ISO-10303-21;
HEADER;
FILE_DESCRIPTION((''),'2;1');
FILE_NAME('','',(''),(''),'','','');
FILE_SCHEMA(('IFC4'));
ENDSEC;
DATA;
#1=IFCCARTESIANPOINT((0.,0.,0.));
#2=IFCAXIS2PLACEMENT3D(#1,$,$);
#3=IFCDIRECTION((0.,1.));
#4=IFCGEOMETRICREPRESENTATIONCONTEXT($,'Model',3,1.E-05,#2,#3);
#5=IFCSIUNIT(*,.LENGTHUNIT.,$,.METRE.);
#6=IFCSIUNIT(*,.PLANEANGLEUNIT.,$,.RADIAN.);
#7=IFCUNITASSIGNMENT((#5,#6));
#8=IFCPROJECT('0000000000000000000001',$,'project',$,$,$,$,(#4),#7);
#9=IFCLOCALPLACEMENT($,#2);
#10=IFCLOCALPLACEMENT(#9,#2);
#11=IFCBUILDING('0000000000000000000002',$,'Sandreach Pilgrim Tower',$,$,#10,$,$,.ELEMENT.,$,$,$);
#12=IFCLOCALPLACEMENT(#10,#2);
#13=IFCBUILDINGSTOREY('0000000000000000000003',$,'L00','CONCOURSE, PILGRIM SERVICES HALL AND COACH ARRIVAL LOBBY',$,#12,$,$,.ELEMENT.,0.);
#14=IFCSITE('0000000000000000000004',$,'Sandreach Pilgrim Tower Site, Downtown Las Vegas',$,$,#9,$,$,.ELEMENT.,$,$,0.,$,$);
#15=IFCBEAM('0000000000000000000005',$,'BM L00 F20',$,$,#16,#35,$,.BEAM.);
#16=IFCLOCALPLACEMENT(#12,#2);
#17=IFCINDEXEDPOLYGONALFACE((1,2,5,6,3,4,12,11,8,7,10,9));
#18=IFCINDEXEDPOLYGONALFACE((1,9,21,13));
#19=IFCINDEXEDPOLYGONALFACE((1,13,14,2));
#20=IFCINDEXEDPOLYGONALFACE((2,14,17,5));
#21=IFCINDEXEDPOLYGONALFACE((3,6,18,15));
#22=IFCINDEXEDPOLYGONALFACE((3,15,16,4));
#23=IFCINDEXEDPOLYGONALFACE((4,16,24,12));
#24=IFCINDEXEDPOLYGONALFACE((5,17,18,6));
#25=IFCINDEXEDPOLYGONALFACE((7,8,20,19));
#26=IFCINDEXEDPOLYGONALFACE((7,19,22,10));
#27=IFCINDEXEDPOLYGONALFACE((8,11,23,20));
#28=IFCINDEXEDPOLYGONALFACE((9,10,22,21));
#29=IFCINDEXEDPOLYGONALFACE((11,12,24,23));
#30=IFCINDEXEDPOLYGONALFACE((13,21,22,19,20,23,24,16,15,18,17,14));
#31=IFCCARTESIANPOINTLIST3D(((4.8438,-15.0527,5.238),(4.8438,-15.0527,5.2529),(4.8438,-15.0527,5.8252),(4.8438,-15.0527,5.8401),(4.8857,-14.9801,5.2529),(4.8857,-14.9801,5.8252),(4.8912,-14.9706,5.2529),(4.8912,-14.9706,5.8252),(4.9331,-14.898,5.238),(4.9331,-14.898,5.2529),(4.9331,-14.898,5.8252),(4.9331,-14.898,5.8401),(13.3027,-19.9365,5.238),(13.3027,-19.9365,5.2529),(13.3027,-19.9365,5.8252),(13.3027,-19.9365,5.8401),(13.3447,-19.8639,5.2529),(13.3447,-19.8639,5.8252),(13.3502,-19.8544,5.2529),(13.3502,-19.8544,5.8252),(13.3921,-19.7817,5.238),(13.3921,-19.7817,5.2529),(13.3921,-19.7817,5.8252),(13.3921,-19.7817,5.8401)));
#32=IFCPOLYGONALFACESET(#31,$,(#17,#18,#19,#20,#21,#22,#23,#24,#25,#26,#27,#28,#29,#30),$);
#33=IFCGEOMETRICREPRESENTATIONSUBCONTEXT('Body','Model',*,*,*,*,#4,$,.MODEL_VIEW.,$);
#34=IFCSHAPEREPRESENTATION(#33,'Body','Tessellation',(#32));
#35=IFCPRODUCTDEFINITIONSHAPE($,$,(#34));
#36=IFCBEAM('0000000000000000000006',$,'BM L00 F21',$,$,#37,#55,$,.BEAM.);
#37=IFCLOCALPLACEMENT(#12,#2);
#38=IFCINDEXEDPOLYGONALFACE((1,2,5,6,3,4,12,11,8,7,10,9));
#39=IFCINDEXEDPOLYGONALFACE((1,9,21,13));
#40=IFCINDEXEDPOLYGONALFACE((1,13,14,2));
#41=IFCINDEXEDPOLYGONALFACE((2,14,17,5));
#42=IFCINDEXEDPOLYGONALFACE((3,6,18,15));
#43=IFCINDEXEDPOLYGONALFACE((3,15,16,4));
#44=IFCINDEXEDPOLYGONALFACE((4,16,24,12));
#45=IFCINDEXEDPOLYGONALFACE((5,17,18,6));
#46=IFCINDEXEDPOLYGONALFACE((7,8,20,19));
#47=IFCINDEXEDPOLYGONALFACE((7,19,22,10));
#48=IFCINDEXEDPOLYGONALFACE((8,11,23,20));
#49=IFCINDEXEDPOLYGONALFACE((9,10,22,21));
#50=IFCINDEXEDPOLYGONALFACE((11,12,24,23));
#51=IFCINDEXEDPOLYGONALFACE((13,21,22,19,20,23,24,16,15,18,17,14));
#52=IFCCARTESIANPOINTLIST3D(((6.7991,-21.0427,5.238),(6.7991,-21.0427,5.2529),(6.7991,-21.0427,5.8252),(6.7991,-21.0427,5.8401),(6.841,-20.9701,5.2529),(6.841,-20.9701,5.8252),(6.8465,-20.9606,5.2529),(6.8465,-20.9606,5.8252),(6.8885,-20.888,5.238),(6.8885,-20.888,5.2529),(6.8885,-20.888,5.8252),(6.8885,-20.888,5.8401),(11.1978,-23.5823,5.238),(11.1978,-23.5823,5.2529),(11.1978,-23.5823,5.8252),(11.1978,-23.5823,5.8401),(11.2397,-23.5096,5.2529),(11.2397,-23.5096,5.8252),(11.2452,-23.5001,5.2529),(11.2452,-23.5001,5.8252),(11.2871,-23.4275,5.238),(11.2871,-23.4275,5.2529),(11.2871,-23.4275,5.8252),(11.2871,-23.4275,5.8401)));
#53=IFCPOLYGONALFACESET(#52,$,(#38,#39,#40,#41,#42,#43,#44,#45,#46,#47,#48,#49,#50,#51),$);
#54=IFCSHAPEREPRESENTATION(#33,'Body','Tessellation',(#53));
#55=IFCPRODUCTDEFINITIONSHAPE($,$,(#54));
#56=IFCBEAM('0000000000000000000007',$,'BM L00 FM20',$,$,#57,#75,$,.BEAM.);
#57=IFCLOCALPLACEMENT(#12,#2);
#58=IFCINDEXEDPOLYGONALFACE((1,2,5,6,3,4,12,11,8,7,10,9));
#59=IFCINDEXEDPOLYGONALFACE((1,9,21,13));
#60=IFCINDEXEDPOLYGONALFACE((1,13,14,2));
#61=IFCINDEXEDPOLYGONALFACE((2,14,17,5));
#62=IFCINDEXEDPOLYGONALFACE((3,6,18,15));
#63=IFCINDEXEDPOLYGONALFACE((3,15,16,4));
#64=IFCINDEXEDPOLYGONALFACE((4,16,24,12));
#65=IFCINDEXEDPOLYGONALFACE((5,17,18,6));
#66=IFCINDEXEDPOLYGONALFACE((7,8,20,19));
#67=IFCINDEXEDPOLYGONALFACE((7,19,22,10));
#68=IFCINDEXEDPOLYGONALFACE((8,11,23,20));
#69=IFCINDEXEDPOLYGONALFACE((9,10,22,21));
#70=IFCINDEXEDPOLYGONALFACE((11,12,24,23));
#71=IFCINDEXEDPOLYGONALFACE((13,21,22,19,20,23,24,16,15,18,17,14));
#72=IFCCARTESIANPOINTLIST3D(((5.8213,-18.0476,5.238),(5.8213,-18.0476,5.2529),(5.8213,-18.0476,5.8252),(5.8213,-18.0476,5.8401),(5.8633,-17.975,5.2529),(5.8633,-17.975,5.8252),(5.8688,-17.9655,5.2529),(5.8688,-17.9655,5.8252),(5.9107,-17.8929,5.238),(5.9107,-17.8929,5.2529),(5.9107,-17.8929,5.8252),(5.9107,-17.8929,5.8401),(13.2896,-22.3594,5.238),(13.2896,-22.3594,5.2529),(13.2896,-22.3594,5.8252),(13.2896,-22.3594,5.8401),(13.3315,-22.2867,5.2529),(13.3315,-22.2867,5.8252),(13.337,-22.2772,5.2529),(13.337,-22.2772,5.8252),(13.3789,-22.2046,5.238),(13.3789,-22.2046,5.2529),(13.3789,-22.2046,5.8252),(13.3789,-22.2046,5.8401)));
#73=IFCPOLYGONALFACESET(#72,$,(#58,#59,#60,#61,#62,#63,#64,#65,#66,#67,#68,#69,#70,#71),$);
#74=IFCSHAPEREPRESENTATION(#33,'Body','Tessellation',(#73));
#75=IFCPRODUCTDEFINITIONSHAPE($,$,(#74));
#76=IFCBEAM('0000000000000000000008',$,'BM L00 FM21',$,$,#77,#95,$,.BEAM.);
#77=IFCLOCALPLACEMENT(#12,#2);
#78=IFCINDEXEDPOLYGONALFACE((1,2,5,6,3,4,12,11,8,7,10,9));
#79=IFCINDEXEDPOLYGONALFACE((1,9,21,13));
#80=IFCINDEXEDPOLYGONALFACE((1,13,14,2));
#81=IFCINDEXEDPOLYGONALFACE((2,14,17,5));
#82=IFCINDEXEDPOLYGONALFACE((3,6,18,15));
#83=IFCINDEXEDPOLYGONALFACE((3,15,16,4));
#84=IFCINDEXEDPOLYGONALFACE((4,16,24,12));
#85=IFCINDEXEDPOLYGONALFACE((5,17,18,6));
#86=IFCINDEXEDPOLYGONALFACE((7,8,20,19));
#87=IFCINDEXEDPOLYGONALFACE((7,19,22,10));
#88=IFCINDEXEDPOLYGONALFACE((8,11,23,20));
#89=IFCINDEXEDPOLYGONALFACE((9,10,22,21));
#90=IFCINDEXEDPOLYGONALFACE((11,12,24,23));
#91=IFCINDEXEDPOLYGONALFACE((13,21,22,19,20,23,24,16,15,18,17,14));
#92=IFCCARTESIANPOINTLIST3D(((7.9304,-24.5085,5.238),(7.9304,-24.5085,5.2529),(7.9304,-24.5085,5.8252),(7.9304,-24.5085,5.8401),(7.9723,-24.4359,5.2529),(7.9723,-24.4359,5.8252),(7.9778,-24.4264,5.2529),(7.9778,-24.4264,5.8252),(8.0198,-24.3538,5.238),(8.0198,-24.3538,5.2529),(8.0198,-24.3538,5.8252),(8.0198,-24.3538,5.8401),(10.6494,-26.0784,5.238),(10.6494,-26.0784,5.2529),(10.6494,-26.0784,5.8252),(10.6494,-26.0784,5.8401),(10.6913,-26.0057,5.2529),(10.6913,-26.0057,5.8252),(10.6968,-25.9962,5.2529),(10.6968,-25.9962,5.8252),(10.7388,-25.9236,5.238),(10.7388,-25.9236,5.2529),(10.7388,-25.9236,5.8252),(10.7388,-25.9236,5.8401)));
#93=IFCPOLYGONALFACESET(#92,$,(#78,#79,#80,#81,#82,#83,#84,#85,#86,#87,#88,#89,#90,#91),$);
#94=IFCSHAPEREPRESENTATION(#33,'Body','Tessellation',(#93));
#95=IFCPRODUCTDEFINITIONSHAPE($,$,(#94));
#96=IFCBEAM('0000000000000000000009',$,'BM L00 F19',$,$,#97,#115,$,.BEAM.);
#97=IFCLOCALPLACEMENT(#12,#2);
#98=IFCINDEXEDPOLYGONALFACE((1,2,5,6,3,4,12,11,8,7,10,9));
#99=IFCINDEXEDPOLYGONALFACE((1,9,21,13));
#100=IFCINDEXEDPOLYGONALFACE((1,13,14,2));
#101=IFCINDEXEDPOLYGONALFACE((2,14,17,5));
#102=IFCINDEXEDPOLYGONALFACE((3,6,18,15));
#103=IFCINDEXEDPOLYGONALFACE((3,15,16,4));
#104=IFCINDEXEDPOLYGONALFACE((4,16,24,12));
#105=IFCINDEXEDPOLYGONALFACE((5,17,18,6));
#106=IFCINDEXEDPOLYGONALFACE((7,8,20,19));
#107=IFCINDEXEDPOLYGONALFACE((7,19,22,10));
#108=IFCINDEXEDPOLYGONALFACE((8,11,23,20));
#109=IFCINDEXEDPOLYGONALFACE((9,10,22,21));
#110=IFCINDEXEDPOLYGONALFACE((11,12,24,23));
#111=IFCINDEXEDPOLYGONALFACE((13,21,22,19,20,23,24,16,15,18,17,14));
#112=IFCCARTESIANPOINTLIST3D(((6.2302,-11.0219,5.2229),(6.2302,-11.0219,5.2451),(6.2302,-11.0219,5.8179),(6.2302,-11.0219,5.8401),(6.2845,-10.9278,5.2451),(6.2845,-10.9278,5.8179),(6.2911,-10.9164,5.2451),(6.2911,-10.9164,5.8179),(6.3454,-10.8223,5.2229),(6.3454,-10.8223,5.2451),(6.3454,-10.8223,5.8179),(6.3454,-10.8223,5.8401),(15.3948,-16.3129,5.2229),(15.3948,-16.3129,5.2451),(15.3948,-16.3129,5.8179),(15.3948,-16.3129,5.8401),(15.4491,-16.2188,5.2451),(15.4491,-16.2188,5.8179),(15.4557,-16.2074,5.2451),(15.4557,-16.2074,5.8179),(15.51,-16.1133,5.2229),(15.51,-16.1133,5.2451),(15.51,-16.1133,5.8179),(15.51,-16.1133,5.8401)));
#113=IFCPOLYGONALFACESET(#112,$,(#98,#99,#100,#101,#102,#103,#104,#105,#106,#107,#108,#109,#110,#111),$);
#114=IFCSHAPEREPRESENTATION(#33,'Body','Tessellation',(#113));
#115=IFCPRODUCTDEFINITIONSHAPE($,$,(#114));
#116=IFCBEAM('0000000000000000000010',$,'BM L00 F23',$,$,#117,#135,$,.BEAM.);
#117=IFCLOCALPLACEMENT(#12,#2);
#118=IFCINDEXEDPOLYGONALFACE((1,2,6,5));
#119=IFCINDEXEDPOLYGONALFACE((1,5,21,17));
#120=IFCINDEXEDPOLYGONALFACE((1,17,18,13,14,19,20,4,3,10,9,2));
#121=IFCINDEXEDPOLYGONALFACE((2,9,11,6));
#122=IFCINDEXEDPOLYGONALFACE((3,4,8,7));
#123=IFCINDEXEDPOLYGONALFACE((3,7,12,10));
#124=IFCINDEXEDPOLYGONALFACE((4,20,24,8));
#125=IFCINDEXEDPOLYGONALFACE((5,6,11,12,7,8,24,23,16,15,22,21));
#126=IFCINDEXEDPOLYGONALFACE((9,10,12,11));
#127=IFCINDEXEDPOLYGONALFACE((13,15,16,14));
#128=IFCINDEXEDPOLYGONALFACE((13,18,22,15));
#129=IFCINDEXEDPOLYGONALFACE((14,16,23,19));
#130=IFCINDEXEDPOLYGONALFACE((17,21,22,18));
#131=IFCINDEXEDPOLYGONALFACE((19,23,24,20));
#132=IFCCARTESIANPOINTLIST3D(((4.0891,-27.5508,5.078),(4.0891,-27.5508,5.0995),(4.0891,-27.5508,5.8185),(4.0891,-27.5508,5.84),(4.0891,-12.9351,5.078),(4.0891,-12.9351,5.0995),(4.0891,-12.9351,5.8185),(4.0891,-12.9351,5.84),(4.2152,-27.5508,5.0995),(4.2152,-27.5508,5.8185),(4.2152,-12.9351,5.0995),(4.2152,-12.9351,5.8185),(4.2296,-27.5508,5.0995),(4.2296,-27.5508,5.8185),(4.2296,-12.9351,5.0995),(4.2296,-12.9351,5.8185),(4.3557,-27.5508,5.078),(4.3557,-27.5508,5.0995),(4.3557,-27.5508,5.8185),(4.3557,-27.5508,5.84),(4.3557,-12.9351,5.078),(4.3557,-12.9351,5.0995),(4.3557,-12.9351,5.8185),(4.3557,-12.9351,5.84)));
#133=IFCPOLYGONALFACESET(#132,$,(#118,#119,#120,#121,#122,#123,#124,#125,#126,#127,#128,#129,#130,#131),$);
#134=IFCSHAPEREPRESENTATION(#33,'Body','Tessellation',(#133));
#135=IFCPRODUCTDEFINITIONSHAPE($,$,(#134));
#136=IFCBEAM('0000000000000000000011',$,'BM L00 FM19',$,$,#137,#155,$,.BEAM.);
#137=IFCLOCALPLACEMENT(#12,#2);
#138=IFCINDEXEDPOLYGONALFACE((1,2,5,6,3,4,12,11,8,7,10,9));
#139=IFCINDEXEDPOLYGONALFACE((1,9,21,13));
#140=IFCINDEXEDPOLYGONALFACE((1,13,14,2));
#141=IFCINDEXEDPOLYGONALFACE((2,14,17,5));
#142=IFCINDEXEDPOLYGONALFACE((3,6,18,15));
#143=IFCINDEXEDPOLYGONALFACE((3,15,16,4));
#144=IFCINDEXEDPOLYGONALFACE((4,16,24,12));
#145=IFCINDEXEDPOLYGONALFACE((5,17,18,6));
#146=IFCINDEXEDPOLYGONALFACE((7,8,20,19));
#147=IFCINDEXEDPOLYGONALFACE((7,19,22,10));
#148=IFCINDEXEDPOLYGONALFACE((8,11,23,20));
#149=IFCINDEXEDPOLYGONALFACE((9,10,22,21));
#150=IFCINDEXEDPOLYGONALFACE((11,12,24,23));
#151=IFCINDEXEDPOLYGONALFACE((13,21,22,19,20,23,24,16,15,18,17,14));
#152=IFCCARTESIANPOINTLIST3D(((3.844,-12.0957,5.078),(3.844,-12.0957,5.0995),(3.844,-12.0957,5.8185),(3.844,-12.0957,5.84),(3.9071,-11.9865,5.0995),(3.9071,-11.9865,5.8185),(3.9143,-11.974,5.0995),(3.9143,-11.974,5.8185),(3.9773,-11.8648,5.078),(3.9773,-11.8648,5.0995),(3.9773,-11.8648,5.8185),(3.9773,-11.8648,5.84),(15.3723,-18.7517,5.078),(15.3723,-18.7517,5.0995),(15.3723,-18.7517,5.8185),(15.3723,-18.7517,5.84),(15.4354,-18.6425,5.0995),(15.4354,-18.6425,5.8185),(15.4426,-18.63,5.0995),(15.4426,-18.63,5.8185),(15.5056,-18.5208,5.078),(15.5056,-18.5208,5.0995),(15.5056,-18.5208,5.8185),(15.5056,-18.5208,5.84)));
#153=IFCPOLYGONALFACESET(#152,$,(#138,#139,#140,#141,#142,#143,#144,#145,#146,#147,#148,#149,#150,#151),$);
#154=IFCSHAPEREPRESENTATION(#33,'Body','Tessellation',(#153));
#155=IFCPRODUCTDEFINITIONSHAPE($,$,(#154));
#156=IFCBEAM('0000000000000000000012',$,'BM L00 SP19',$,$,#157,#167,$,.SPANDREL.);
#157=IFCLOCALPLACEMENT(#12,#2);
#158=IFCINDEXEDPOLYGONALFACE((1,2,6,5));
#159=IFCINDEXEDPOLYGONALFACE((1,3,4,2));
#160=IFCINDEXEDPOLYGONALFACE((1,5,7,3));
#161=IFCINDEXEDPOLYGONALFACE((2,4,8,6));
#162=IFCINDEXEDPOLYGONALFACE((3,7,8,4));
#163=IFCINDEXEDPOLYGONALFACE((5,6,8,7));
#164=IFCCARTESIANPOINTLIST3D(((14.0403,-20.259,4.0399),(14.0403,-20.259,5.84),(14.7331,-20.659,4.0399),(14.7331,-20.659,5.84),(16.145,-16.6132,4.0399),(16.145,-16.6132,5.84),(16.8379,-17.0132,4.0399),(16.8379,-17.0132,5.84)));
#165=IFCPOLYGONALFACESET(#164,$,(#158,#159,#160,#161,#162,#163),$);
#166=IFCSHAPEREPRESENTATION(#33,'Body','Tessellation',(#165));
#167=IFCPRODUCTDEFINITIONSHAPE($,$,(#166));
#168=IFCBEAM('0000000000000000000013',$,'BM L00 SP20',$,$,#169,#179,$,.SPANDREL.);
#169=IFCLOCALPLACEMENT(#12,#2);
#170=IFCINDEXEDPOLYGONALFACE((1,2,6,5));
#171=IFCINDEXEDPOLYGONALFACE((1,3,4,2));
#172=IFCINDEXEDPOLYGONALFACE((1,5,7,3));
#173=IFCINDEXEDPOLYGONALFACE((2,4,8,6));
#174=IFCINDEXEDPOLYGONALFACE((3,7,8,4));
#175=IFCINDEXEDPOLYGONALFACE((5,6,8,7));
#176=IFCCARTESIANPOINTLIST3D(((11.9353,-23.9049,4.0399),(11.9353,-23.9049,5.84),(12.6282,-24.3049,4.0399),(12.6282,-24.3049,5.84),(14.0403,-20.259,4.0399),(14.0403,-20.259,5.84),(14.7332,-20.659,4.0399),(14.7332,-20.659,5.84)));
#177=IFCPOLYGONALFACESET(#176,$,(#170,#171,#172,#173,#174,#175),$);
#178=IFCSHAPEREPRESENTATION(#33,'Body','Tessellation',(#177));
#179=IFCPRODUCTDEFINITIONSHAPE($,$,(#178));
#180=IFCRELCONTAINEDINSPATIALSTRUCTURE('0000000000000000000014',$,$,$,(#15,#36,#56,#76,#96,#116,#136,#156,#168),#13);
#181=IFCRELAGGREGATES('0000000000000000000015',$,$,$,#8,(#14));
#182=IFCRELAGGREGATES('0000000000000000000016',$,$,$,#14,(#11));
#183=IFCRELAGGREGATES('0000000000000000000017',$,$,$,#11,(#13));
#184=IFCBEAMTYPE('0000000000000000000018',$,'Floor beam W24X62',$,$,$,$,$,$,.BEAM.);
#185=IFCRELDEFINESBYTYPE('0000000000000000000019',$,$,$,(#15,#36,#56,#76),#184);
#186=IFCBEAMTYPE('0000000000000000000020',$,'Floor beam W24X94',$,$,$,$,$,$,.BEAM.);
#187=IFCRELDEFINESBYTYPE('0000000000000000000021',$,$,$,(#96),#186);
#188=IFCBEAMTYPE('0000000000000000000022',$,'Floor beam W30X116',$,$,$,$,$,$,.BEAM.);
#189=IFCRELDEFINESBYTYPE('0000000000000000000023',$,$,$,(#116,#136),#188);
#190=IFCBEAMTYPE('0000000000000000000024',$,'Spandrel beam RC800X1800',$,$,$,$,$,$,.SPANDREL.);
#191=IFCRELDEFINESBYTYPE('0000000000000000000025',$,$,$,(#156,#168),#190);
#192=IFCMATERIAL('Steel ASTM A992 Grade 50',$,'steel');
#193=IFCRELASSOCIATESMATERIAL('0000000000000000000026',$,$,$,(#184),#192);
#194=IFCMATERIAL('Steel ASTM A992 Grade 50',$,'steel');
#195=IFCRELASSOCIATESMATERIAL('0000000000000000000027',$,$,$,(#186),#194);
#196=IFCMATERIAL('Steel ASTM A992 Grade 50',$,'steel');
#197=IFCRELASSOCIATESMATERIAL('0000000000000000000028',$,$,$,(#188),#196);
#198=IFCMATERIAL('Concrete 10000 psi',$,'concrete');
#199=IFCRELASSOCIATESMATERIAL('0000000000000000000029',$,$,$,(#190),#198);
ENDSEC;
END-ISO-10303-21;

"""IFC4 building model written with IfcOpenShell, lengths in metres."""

from ifc_helpers import new_model, si_unit, direction, frame, origin, origin_2d, place, context, subcontext, project, spatial, rectangle, i_section, extrude, material, material_profile, profile_set, type_object, element, save


model = new_model("IFC4")

# Units and contexts
model_context = context("Model", 3, precision=1e-05, world=origin(), true_north=direction((0.0, 1.0)))
body_context = subcontext(model_context, "Body", "Model", "MODEL_VIEW")
ifc_project = project(units=[si_unit("LENGTHUNIT", "METRE"), si_unit("PLANEANGLEUNIT", "RADIAN")], contexts=[model_context])

# Site, building, storey
site_placement = place(None, origin())
site = spatial("IfcSite", under=ifc_project, at=site_placement, Name="Sandreach Pilgrim Tower Site, Downtown Las Vegas", CompositionType="ELEMENT", RefElevation=0.0)
building_placement = place(site_placement, origin())
building = spatial("IfcBuilding", under=site, at=building_placement, Name="Sandreach Pilgrim Tower", CompositionType="ELEMENT")
storey_placement = place(building_placement, origin())
storey = spatial("IfcBuildingStorey", under=building, at=storey_placement, Name="L00", Description="CONCOURSE, PILGRIM SERVICES HALL AND COACH ARRIVAL LOBBY", CompositionType="ELEMENT", Elevation=0.0)

# Beams
ifc_material_1 = material(Name="Steel ASTM A992 Grade 50", Category="steel")
ifc_material_profile_1 = material_profile(ifc_material_1, i_section(OverallWidth=0.1787, OverallDepth=0.6021, WebThickness=0.011, FlangeThickness=0.0149, at=origin_2d()), Name="W24X62")
ifc_profile_set_1 = profile_set([ifc_material_profile_1], Name="Steel ASTM A992 Grade 50")
beam_type_1 = type_object("IfcBeamType", Name="Floor beam W24X62", PredefinedType="BEAM", material=ifc_profile_set_1)
beam_1_placement = place(storey_placement, frame((13.3474, -19.8591, 5.5391), z_axis=(-0.866026, 0.499999, 0.0), x_axis=(-0.499999, -0.866026, 0.0)))
element("IfcBeam", 1, at=beam_1_placement, inside=storey, type_object=beam_type_1, Name="BM L00 F20", PredefinedType="BEAM", context=body_context, shape_type="SweptSolid", body=[
    extrude(i_section(OverallWidth=0.1787, OverallDepth=0.6021, WebThickness=0.011, FlangeThickness=0.0149, at=origin_2d()), origin(), (0.0, 0.0, 1.0), 9.7676),
])
beam_2_placement = place(storey_placement, frame((11.2424, -23.5049, 5.5391), z_axis=(-0.866028, 0.499996, 0.0), x_axis=(-0.499996, -0.866028, 0.0)))
element("IfcBeam", 2, at=beam_2_placement, inside=storey, type_object=beam_type_1, Name="BM L00 F21", PredefinedType="BEAM", context=body_context, shape_type="SweptSolid", body=[
    extrude(i_section(OverallWidth=0.1787, OverallDepth=0.6021, WebThickness=0.011, FlangeThickness=0.0149, at=origin_2d()), origin(), (0.0, 0.0, 1.0), 5.0791),
])
beam_3_placement = place(storey_placement, frame((13.3342, -22.282, 5.5391), z_axis=(-0.866027, 0.499997, 0.0), x_axis=(-0.499997, -0.866027, 0.0)))
element("IfcBeam", 3, at=beam_3_placement, inside=storey, type_object=beam_type_1, Name="BM L00 FM20", PredefinedType="BEAM", context=body_context, shape_type="SweptSolid", body=[
    extrude(i_section(OverallWidth=0.1787, OverallDepth=0.6021, WebThickness=0.011, FlangeThickness=0.0149, at=origin_2d()), origin(), (0.0, 0.0, 1.0), 8.6235),
])
beam_4_placement = place(storey_placement, frame((10.6941, -26.001, 5.5391), z_axis=(-0.866024, 0.500003, 0.0), x_axis=(-0.500003, -0.866024, 0.0)))
element("IfcBeam", 4, at=beam_4_placement, inside=storey, type_object=beam_type_1, Name="BM L00 FM21", PredefinedType="BEAM", context=body_context, shape_type="SweptSolid", body=[
    extrude(i_section(OverallWidth=0.1787, OverallDepth=0.6021, WebThickness=0.011, FlangeThickness=0.0149, at=origin_2d()), origin(), (0.0, 0.0, 1.0), 3.1396),
])
ifc_material_2 = material(Name="Steel ASTM A992 Grade 50", Category="steel")
ifc_material_profile_2 = material_profile(ifc_material_2, i_section(OverallWidth=0.2305, OverallDepth=0.6172, WebThickness=0.0132, FlangeThickness=0.0222, at=origin_2d()), Name="W24X94")
ifc_profile_set_2 = profile_set([ifc_material_profile_2], Name="Steel ASTM A992 Grade 50")
beam_type_2 = type_object("IfcBeamType", Name="Floor beam W24X94", PredefinedType="BEAM", material=ifc_profile_set_2)
beam_5_placement = place(storey_placement, frame((15.4524, -16.2131, 5.5315), z_axis=(-0.866031, 0.49999, 0.0), x_axis=(-0.49999, -0.866031, 0.0)))
element("IfcBeam", 5, at=beam_5_placement, inside=storey, type_object=beam_type_2, Name="BM L00 F19", PredefinedType="BEAM", context=body_context, shape_type="SweptSolid", body=[
    extrude(i_section(OverallWidth=0.2305, OverallDepth=0.6172, WebThickness=0.0132, FlangeThickness=0.0222, at=origin_2d()), origin(), (0.0, 0.0, 1.0), 10.5823),
])
ifc_material_3 = material(Name="Steel ASTM A992 Grade 50", Category="steel")
ifc_material_profile_3 = material_profile(ifc_material_3, i_section(OverallWidth=0.2666, OverallDepth=0.762, WebThickness=0.0144, FlangeThickness=0.0215, at=origin_2d()), Name="W30X116")
ifc_profile_set_3 = profile_set([ifc_material_profile_3], Name="Steel ASTM A992 Grade 50")
beam_type_3 = type_object("IfcBeamType", Name="Floor beam W30X116", PredefinedType="BEAM", material=ifc_profile_set_3)
beam_6_placement = place(storey_placement, frame((4.2224, -27.5508, 5.459), z_axis=(0.0, 1.0, 0.0), x_axis=(-1.0, 0.0, 0.0)))
element("IfcBeam", 6, at=beam_6_placement, inside=storey, type_object=beam_type_3, Name="BM L00 F23", PredefinedType="BEAM", context=body_context, shape_type="SweptSolid", body=[
    extrude(i_section(OverallWidth=0.2666, OverallDepth=0.762, WebThickness=0.0144, FlangeThickness=0.0215, at=origin_2d()), origin(), (0.0, 0.0, 1.0), 14.6157),
])
beam_7_placement = place(storey_placement, frame((15.439, -18.6362, 5.459), z_axis=(-0.866021, 0.500007, 0.0), x_axis=(-0.500007, -0.866021, 0.0)))
element("IfcBeam", 7, at=beam_7_placement, inside=storey, type_object=beam_type_3, Name="BM L00 FM19", PredefinedType="BEAM", context=body_context, shape_type="SweptSolid", body=[
    extrude(i_section(OverallWidth=0.2666, OverallDepth=0.762, WebThickness=0.0144, FlangeThickness=0.0215, at=origin_2d()), origin(), (0.0, 0.0, 1.0), 13.3118),
])
ifc_material_4 = material(Name="Concrete 10000 psi", Category="concrete")
ifc_material_profile_4 = material_profile(ifc_material_4, rectangle(XDim=0.8, YDim=1.8, at=origin_2d()), Name="RC800X1800")
ifc_profile_set_4 = profile_set([ifc_material_profile_4], Name="Concrete 10000 psi")
beam_type_4 = type_object("IfcBeamType", Name="Spandrel beam RC800X1800", PredefinedType="SPANDREL", material=ifc_profile_set_4)
beam_8_placement = place(storey_placement, frame((16.4915, -16.8132, 4.9399), z_axis=(-0.499975, -0.86604, 0.0), x_axis=(0.86604, -0.499975, 0.0)))
element("IfcBeam", 8, at=beam_8_placement, inside=storey, type_object=beam_type_4, Name="BM L00 SP19", PredefinedType="SPANDREL", context=body_context, shape_type="SweptSolid", body=[
    extrude(rectangle(XDim=0.8, YDim=1.8, at=origin_2d()), origin(), (0.0, 0.0, 1.0), 4.2097),
])
beam_9_placement = place(storey_placement, frame((14.3867, -20.459, 4.9399), z_axis=(-0.499994, -0.866029, 0.0), x_axis=(0.866029, -0.499994, 0.0)))
element("IfcBeam", 9, at=beam_9_placement, inside=storey, type_object=beam_type_4, Name="BM L00 SP20", PredefinedType="SPANDREL", context=body_context, shape_type="SweptSolid", body=[
    extrude(rectangle(XDim=0.8, YDim=1.8, at=origin_2d()), origin(), (0.0, 0.0, 1.0), 4.21),
])

save(model, "model.ifc")
